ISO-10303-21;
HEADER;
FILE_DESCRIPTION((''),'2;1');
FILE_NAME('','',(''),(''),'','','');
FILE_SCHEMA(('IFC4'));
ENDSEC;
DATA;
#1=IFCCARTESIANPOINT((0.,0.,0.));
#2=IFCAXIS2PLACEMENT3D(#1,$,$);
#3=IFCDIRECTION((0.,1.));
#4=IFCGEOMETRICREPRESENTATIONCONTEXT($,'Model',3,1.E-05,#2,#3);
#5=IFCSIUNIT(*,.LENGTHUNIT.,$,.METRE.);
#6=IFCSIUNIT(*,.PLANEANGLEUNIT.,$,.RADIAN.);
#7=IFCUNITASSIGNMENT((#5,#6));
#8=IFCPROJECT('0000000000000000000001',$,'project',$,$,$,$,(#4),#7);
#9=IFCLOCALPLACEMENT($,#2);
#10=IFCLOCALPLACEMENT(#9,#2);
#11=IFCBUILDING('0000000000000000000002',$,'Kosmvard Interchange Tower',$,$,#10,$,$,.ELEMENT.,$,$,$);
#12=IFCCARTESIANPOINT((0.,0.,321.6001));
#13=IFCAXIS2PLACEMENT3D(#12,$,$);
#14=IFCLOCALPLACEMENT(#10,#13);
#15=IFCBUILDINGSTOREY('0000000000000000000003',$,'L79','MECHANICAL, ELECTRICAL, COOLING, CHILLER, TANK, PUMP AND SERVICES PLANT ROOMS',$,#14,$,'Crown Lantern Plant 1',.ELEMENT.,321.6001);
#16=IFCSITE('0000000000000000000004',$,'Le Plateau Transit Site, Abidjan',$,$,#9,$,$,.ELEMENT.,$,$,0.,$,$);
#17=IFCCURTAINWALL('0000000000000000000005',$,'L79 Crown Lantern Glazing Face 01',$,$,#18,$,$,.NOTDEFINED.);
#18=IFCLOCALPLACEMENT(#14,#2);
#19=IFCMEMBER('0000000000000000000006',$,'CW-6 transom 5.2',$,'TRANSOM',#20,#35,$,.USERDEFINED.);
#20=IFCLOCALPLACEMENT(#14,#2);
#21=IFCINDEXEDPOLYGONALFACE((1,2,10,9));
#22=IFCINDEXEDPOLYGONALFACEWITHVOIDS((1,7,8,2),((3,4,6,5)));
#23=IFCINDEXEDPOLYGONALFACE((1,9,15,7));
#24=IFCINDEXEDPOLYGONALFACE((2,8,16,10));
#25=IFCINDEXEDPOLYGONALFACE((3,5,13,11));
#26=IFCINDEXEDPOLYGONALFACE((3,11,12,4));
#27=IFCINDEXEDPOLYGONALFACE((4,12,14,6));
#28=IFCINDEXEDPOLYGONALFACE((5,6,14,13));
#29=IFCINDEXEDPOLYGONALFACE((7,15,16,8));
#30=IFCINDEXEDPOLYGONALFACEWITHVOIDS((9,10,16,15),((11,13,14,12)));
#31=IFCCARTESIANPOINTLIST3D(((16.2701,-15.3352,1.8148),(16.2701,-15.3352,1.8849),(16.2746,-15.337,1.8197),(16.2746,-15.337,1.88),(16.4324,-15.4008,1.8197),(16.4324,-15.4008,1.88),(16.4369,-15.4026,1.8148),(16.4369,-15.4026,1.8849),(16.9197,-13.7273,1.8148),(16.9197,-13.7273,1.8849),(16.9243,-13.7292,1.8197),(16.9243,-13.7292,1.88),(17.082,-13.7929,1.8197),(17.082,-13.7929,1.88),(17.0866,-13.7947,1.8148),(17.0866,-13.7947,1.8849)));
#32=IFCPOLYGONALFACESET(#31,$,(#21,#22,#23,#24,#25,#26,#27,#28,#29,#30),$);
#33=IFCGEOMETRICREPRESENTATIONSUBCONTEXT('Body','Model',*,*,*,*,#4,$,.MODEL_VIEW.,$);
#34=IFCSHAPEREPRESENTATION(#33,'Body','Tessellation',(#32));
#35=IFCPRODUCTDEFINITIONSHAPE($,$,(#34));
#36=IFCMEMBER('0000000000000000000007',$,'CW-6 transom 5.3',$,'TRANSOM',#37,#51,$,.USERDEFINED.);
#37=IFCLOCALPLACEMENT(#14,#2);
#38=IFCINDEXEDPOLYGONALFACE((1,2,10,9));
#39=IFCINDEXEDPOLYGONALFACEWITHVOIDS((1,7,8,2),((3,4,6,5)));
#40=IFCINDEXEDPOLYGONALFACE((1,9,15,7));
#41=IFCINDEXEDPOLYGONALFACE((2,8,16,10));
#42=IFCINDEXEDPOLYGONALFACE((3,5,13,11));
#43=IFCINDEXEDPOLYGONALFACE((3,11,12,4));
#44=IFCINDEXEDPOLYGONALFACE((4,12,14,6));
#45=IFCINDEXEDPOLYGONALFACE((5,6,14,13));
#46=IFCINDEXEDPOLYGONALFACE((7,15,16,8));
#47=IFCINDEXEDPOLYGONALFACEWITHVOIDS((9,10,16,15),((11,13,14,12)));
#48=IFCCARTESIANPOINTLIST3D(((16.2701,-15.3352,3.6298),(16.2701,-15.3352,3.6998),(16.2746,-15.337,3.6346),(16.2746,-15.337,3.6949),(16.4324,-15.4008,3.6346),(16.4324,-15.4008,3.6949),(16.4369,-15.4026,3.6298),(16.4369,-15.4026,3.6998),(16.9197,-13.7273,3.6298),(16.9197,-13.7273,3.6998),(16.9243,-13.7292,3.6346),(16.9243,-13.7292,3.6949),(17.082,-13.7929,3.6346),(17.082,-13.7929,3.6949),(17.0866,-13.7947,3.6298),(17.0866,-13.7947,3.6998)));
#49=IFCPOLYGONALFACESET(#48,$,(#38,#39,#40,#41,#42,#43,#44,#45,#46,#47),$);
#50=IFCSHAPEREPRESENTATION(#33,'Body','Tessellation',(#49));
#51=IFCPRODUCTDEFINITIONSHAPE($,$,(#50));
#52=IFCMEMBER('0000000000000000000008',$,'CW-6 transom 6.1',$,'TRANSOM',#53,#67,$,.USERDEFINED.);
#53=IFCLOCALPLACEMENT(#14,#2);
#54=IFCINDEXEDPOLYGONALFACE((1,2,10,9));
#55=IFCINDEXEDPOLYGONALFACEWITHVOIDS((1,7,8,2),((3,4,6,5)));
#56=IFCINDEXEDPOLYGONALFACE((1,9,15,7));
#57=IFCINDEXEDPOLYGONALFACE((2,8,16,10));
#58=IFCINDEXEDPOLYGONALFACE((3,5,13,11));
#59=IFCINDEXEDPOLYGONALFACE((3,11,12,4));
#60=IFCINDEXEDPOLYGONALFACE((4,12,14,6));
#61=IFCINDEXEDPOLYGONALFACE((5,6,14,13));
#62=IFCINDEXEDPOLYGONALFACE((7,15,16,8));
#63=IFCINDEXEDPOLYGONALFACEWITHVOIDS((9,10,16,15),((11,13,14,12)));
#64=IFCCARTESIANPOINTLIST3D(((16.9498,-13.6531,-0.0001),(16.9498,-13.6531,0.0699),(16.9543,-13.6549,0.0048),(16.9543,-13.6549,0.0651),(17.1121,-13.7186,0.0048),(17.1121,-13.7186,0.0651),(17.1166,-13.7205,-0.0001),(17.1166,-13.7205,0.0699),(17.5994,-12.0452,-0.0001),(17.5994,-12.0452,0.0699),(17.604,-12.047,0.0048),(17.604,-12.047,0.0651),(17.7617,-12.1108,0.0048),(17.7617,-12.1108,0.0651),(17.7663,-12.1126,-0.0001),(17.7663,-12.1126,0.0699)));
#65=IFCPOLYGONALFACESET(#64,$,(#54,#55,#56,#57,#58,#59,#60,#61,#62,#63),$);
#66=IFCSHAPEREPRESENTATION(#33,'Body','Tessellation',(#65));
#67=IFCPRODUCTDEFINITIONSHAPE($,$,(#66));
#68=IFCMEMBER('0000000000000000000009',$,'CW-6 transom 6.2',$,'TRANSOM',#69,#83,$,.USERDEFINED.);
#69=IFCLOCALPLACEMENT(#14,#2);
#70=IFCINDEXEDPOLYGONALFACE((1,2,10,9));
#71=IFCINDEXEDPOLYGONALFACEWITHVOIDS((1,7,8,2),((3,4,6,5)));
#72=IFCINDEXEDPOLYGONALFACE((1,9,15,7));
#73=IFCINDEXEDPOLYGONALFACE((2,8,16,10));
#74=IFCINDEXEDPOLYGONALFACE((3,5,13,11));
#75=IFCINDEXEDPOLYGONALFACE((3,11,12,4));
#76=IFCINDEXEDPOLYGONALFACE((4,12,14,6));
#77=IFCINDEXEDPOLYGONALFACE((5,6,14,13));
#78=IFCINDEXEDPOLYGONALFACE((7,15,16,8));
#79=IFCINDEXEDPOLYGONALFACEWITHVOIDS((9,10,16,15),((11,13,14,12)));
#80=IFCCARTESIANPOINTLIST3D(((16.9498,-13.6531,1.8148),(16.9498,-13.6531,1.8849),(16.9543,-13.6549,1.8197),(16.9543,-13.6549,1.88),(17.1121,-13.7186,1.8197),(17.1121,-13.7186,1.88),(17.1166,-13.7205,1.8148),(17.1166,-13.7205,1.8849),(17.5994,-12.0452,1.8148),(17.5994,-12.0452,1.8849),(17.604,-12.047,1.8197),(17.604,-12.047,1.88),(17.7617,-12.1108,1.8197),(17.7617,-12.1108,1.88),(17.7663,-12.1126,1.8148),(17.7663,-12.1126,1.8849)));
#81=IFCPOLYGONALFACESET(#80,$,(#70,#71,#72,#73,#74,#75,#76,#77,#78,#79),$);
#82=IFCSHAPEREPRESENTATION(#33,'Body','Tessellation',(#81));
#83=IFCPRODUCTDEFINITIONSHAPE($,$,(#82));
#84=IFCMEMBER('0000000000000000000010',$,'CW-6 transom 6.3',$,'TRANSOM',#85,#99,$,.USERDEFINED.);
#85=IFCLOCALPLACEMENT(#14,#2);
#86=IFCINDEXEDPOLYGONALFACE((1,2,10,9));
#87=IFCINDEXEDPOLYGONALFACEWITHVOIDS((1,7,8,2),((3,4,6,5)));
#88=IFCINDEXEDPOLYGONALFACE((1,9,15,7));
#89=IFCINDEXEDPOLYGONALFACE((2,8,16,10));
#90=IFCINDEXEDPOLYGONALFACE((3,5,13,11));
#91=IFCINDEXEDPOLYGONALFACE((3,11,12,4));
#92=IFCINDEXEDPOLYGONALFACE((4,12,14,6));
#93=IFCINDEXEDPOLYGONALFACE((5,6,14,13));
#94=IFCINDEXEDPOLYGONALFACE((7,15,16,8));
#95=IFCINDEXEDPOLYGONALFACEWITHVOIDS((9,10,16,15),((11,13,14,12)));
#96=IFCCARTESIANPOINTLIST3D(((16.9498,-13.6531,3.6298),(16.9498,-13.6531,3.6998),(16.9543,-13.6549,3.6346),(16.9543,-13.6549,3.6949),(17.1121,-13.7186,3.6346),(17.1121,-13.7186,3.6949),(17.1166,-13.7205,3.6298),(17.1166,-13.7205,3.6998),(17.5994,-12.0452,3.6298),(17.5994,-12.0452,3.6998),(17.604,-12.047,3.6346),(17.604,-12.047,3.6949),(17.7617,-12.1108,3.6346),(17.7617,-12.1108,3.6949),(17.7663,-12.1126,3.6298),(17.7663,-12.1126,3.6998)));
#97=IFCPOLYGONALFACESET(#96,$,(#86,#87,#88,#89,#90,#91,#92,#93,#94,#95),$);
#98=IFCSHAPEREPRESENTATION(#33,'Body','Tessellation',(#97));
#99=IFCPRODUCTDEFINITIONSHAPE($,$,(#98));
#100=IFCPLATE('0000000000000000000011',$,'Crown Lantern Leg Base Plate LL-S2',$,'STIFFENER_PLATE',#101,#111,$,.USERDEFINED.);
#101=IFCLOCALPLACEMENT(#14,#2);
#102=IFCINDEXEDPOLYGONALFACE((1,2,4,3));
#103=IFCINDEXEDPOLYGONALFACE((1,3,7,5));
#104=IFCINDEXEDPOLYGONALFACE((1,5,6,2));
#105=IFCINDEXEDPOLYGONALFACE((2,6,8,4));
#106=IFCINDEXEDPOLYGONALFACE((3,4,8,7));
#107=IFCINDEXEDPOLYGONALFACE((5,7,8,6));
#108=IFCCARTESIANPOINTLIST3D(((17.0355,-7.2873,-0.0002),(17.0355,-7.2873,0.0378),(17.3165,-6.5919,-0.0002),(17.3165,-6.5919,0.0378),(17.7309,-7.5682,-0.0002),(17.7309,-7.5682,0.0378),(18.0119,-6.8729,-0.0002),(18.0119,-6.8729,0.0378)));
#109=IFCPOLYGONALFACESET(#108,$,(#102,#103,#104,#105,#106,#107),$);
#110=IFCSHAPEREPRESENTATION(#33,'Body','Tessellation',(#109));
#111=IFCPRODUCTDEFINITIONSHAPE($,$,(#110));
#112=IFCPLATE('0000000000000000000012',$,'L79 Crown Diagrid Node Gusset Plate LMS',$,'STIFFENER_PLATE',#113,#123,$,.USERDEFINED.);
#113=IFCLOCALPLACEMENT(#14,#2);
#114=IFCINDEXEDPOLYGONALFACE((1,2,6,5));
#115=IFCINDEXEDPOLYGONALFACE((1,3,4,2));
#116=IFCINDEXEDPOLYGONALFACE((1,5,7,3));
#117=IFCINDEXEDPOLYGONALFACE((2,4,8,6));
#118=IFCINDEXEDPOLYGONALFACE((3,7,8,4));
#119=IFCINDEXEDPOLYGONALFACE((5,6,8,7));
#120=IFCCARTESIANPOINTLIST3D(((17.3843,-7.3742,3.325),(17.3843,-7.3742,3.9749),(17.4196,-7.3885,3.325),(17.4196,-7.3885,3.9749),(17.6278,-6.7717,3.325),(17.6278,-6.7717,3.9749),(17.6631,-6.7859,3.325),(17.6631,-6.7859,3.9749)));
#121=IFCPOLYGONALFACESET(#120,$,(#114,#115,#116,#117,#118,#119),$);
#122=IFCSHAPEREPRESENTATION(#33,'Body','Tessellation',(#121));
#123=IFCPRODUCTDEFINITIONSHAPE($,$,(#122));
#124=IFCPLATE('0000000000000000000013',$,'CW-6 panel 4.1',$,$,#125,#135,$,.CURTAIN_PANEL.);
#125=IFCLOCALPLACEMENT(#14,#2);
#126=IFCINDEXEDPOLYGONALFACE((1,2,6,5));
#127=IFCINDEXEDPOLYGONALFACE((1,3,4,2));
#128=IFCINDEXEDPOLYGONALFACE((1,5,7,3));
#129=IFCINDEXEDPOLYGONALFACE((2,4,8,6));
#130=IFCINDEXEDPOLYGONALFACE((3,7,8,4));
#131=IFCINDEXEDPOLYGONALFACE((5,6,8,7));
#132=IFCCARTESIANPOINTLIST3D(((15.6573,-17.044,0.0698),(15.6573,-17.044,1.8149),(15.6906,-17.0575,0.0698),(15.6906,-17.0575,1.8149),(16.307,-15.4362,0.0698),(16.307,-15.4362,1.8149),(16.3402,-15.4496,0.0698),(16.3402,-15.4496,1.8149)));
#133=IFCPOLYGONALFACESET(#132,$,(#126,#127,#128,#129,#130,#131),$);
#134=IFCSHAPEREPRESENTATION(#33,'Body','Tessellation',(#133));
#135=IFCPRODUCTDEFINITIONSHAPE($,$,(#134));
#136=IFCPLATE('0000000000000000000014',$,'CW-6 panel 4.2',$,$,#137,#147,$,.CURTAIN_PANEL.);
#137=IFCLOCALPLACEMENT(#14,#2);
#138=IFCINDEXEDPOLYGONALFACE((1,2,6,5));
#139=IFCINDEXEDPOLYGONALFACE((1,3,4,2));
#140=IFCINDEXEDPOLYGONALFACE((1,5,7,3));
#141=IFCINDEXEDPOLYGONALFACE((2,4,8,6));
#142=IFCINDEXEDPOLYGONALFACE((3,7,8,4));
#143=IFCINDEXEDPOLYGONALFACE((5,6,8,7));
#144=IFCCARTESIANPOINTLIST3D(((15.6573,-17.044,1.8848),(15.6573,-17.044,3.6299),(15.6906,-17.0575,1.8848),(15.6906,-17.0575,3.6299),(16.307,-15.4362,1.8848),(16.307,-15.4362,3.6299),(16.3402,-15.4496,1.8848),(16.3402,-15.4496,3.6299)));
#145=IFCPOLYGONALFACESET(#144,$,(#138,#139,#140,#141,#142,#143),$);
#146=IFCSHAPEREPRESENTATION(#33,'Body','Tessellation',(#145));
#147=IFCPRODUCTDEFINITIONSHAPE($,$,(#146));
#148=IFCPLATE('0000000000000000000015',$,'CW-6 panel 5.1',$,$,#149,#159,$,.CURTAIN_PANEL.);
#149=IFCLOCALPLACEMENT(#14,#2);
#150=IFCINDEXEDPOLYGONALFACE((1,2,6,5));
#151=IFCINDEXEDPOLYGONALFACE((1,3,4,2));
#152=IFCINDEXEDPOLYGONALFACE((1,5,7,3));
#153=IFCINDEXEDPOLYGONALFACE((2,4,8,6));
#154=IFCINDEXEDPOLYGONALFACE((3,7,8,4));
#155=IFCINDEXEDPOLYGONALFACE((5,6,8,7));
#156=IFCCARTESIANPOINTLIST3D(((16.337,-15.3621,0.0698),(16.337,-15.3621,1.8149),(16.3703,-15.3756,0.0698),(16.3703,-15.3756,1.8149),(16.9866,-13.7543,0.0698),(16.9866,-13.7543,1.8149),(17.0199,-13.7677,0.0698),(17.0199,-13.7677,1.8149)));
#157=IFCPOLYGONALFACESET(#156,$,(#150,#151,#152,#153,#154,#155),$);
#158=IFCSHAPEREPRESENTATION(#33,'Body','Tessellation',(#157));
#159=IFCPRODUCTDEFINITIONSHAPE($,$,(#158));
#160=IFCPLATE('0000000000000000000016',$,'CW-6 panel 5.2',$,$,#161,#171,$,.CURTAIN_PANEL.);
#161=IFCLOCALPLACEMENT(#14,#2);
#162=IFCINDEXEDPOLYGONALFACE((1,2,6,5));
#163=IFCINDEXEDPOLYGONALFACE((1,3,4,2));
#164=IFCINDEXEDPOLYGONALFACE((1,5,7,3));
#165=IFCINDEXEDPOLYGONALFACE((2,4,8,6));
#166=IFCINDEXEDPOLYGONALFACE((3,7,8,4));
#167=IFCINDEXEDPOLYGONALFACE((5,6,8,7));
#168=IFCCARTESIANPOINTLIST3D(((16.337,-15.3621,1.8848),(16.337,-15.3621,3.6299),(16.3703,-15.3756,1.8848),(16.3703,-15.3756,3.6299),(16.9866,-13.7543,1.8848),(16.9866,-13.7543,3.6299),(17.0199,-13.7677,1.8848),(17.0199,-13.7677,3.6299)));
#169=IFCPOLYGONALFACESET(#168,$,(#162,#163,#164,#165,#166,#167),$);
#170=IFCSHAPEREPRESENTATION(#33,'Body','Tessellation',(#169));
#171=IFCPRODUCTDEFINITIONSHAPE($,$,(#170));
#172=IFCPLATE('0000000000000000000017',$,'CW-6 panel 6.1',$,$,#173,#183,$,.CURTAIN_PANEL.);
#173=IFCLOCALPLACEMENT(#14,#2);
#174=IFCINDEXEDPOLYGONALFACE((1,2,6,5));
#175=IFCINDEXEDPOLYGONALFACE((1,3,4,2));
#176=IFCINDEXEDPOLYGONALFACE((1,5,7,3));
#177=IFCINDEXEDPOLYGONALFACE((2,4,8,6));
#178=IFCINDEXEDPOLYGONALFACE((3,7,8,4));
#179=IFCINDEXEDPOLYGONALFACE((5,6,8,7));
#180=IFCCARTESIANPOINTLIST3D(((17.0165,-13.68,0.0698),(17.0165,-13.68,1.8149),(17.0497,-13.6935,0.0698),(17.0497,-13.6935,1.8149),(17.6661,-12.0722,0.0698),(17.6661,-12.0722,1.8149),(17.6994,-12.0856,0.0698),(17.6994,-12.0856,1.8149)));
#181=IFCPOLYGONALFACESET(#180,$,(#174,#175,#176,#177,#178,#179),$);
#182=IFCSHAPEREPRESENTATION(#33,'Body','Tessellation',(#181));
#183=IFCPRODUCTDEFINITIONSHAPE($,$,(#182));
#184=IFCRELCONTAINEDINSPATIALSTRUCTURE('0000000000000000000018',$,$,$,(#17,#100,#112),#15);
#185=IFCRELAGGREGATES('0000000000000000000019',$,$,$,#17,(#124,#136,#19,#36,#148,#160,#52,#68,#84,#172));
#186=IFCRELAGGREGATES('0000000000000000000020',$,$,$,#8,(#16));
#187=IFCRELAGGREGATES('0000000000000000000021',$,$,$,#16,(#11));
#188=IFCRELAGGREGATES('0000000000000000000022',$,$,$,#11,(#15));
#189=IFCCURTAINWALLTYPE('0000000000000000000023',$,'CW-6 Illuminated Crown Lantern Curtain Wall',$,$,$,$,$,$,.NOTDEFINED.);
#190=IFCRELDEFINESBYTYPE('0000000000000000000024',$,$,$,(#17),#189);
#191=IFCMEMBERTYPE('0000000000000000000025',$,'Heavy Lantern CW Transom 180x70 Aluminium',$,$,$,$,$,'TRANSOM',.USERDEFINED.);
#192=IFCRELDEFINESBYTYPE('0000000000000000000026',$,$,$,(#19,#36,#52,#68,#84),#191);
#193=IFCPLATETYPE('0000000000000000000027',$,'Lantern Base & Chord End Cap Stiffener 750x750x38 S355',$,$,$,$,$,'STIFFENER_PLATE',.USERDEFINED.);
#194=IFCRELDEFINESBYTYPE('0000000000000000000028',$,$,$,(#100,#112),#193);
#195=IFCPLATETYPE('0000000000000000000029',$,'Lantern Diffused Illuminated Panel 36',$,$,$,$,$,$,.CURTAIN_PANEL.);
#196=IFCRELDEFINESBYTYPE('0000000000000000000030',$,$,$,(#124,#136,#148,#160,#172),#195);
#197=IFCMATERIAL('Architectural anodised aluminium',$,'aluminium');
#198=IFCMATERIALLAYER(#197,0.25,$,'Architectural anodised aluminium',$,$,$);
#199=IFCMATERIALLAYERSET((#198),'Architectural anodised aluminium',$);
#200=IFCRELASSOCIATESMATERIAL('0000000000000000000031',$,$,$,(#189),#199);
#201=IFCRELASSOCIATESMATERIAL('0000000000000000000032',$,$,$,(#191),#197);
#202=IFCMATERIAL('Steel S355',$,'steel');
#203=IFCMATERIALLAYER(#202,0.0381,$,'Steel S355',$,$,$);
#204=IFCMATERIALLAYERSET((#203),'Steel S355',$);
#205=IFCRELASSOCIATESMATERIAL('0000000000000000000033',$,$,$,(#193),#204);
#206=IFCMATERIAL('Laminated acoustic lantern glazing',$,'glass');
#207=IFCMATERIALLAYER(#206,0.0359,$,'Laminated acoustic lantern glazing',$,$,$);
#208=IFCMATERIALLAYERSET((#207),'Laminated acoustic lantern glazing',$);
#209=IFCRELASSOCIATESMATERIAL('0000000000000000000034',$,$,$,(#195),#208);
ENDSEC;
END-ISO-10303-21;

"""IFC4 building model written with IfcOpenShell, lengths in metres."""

from ifc_helpers import new_model, si_unit, direction, frame, origin, origin_2d, place, context, subcontext, project, spatial, rectangle, hollow_rectangle, extrude, source, transform, mapped, material, layer, layer_set, material_profile, profile_set, type_object, element, aggregate, save


model = new_model("IFC4")

# Units and contexts
model_context = context("Model", 3, precision=1e-05, world=origin(), true_north=direction((0.0, 1.0)))
body_context = subcontext(model_context, "Body", "Model", "MODEL_VIEW")
ifc_project = project(units=[si_unit("LENGTHUNIT", "METRE"), si_unit("PLANEANGLEUNIT", "RADIAN")], contexts=[model_context])

# Site, building, storey
site_placement = place(None, origin())
site = spatial("IfcSite", under=ifc_project, at=site_placement, Name="Le Plateau Transit Site, Abidjan", CompositionType="ELEMENT", RefElevation=0.0)
building_placement = place(site_placement, origin())
building = spatial("IfcBuilding", under=site, at=building_placement, Name="Kosmvard Interchange Tower", CompositionType="ELEMENT")
storey_placement = place(building_placement, frame((0.0, 0.0, 321.6001)))
storey = spatial("IfcBuildingStorey", under=building, at=storey_placement, Name="L79", Description="MECHANICAL, ELECTRICAL, COOLING, CHILLER, TANK, PUMP AND SERVICES PLANT ROOMS", LongName="Crown Lantern Plant 1", CompositionType="ELEMENT", Elevation=321.6001)

# Shared definitions
ifc_material_1 = material(Name="Steel S355", Category="steel")

# Curtain wall, members
ifc_material_2 = material(Name="Architectural anodised aluminium", Category="aluminium")
ifc_layer_1 = layer(ifc_material_2, 0.25, Name="Architectural anodised aluminium")
ifc_layer_set_1 = layer_set([ifc_layer_1], Name="Architectural anodised aluminium")
curtain_wall_type = type_object("IfcCurtainWallType", Name="CW-6 Illuminated Crown Lantern Curtain Wall", PredefinedType="NOTDEFINED", material=ifc_layer_set_1)
curtain_wall_placement = place(storey_placement, origin())
curtain_wall = element("IfcCurtainWall", 1, at=curtain_wall_placement, inside=storey, type_object=curtain_wall_type, Name="L79 Crown Lantern Glazing Face 01", PredefinedType="NOTDEFINED")
ifc_material_profile_1 = material_profile(ifc_material_2, hollow_rectangle(XDim=0.1799, YDim=0.0701, WallThickness=0.0049, at=origin_2d()), Name="CWT 180x70x5")
ifc_profile_set_1 = profile_set([ifc_material_profile_1], Name="Architectural anodised aluminium")
member_type_1 = type_object("IfcMemberType", Name="Heavy Lantern CW Transom 180x70 Aluminium", ElementType="TRANSOM", PredefinedType="USERDEFINED", material=ifc_profile_set_1)
shared_shape_1 = source(origin(), body_context, "Body", "SweptSolid", [
    extrude(hollow_rectangle(XDim=0.1799, YDim=0.0701, WallThickness=0.0049, at=origin_2d()), origin(), (0.0, 0.0, 1.0), 1.7341),
])
member_1_placement = place(storey_placement, frame((16.3535, -15.3689, 1.8499), z_axis=(0.374617, 0.92718, 0.0), x_axis=(-0.92718, 0.374617, 0.0)))
member_1 = element("IfcMember", 2, at=member_1_placement, type_object=member_type_1, Name="CW-6 transom 5.2", ObjectType="TRANSOM", PredefinedType="USERDEFINED", context=body_context, shape_type="MappedRepresentation", body=[
    mapped(shared_shape_1, transform((0.0, 0.0, 0.0), scale=1.0)),
])
member_2_placement = place(storey_placement, frame((16.3535, -15.3689, 3.6648), z_axis=(0.374617, 0.92718, 0.0), x_axis=(-0.92718, 0.374617, 0.0)))
member_2 = element("IfcMember", 3, at=member_2_placement, type_object=member_type_1, Name="CW-6 transom 5.3", ObjectType="TRANSOM", PredefinedType="USERDEFINED", context=body_context, shape_type="MappedRepresentation", body=[
    mapped(shared_shape_1, transform((0.0, 0.0, 0.0), scale=1.0)),
])
member_3_placement = place(storey_placement, frame((17.0332, -13.6868, 0.0349), z_axis=(0.374617, 0.92718, 0.0), x_axis=(-0.92718, 0.374617, 0.0)))
member_3 = element("IfcMember", 4, at=member_3_placement, type_object=member_type_1, Name="CW-6 transom 6.1", ObjectType="TRANSOM", PredefinedType="USERDEFINED", context=body_context, shape_type="MappedRepresentation", body=[
    mapped(shared_shape_1, transform((0.0, 0.0, 0.0), scale=1.0)),
])
member_4_placement = place(storey_placement, frame((17.0332, -13.6868, 1.8499), z_axis=(0.374617, 0.92718, 0.0), x_axis=(-0.92718, 0.374617, 0.0)))
member_4 = element("IfcMember", 5, at=member_4_placement, type_object=member_type_1, Name="CW-6 transom 6.2", ObjectType="TRANSOM", PredefinedType="USERDEFINED", context=body_context, shape_type="MappedRepresentation", body=[
    mapped(shared_shape_1, transform((0.0, 0.0, 0.0), scale=1.0)),
])
member_5_placement = place(storey_placement, frame((17.0332, -13.6868, 3.6648), z_axis=(0.374617, 0.92718, 0.0), x_axis=(-0.92718, 0.374617, 0.0)))
member_5 = element("IfcMember", 6, at=member_5_placement, type_object=member_type_1, Name="CW-6 transom 6.3", ObjectType="TRANSOM", PredefinedType="USERDEFINED", context=body_context, shape_type="MappedRepresentation", body=[
    mapped(shared_shape_1, transform((0.0, 0.0, 0.0), scale=1.0)),
])

# Plates
ifc_layer_2 = layer(ifc_material_1, 0.0381, Name="Steel S355")
ifc_layer_set_2 = layer_set([ifc_layer_2], Name="Steel S355")
plate_type_1 = type_object("IfcPlateType", Name="Lantern Base & Chord End Cap Stiffener 750x750x38 S355", ElementType="STIFFENER_PLATE", PredefinedType="USERDEFINED", material=ifc_layer_set_2)
shared_shape_2 = source(origin(), body_context, "Body", "SweptSolid", [
    extrude(rectangle(XDim=0.75, YDim=0.75, at=origin_2d()), origin(), (0.0, 0.0, 1.0), 0.0381),
])
plate_1_placement = place(storey_placement, frame((17.5237, -7.0801, -0.0002), z_axis=(0.0, 0.0, 1.0), x_axis=(0.374607, 0.927184, 0.0)))
element("IfcPlate", 7, at=plate_1_placement, inside=storey, type_object=plate_type_1, Name="Crown Lantern Leg Base Plate LL-S2", ObjectType="STIFFENER_PLATE", PredefinedType="USERDEFINED", context=body_context, shape_type="MappedRepresentation", body=[
    mapped(shared_shape_2, transform((0.0, 0.0, 0.0), scale=1.0)),
])
shared_shape_3 = source(origin(), body_context, "Body", "SweptSolid", [
    extrude(rectangle(XDim=0.6499, YDim=0.0381, at=origin_2d()), origin(), (0.0, 0.0, 1.0), 0.6499),
])
plate_2_placement = place(storey_placement, frame((17.5237, -7.0801, 3.325), z_axis=(0.0, 0.0, 1.0), x_axis=(0.374607, 0.927184, 0.0)))
element("IfcPlate", 8, at=plate_2_placement, inside=storey, type_object=plate_type_1, Name="L79 Crown Diagrid Node Gusset Plate LMS", ObjectType="STIFFENER_PLATE", PredefinedType="USERDEFINED", context=body_context, shape_type="MappedRepresentation", body=[
    mapped(shared_shape_3, transform((0.0, 0.0, 0.0), scale=1.0)),
])

# Plates
ifc_material_3 = material(Name="Laminated acoustic lantern glazing", Category="glass")
ifc_layer_3 = layer(ifc_material_3, 0.0359, Name="Laminated acoustic lantern glazing")
ifc_layer_set_3 = layer_set([ifc_layer_3], Name="Laminated acoustic lantern glazing")
plate_type_2 = type_object("IfcPlateType", Name="Lantern Diffused Illuminated Panel 36", PredefinedType="CURTAIN_PANEL", material=ifc_layer_set_3)
shared_shape_4 = source(origin(), body_context, "Body", "SweptSolid", [
    extrude(rectangle(XDim=1.7341, YDim=0.0359, at=origin_2d()), origin(), (0.0, 0.0, 1.0), 1.7451),
])
plate_3_placement = place(storey_placement, frame((15.9988, -16.2468, 0.0698), z_axis=(0.0, 0.0, 1.0), x_axis=(0.374607, 0.927184, 0.0)))
plate_3 = element("IfcPlate", 9, at=plate_3_placement, type_object=plate_type_2, Name="CW-6 panel 4.1", PredefinedType="CURTAIN_PANEL", context=body_context, shape_type="MappedRepresentation", body=[
    mapped(shared_shape_4, transform((0.0, 0.0, 0.0), scale=1.0)),
])
plate_4_placement = place(storey_placement, frame((15.9988, -16.2468, 1.8848), z_axis=(0.0, 0.0, 1.0), x_axis=(0.374607, 0.927184, 0.0)))
plate_4 = element("IfcPlate", 10, at=plate_4_placement, type_object=plate_type_2, Name="CW-6 panel 4.2", PredefinedType="CURTAIN_PANEL", context=body_context, shape_type="MappedRepresentation", body=[
    mapped(shared_shape_4, transform((0.0, 0.0, 0.0), scale=1.0)),
])
plate_5_placement = place(storey_placement, frame((16.6785, -14.5649, 0.0698), z_axis=(0.0, 0.0, 1.0), x_axis=(0.374607, 0.927184, 0.0)))
plate_5 = element("IfcPlate", 11, at=plate_5_placement, type_object=plate_type_2, Name="CW-6 panel 5.1", PredefinedType="CURTAIN_PANEL", context=body_context, shape_type="MappedRepresentation", body=[
    mapped(shared_shape_4, transform((0.0, 0.0, 0.0), scale=1.0)),
])
plate_6_placement = place(storey_placement, frame((16.6785, -14.5649, 1.8848), z_axis=(0.0, 0.0, 1.0), x_axis=(0.374607, 0.927184, 0.0)))
plate_6 = element("IfcPlate", 12, at=plate_6_placement, type_object=plate_type_2, Name="CW-6 panel 5.2", PredefinedType="CURTAIN_PANEL", context=body_context, shape_type="MappedRepresentation", body=[
    mapped(shared_shape_4, transform((0.0, 0.0, 0.0), scale=1.0)),
])
plate_7_placement = place(storey_placement, frame((17.3579, -12.8828, 0.0698), z_axis=(0.0, 0.0, 1.0), x_axis=(0.374607, 0.927184, 0.0)))
plate_7 = element("IfcPlate", 13, at=plate_7_placement, type_object=plate_type_2, Name="CW-6 panel 6.1", PredefinedType="CURTAIN_PANEL", context=body_context, shape_type="MappedRepresentation", body=[
    mapped(shared_shape_4, transform((0.0, 0.0, 0.0), scale=1.0)),
])
aggregate(curtain_wall, [plate_3, plate_4, member_1, member_2, plate_5, plate_6, member_3, member_4, member_5, plate_7])

save(model, "model.ifc")
